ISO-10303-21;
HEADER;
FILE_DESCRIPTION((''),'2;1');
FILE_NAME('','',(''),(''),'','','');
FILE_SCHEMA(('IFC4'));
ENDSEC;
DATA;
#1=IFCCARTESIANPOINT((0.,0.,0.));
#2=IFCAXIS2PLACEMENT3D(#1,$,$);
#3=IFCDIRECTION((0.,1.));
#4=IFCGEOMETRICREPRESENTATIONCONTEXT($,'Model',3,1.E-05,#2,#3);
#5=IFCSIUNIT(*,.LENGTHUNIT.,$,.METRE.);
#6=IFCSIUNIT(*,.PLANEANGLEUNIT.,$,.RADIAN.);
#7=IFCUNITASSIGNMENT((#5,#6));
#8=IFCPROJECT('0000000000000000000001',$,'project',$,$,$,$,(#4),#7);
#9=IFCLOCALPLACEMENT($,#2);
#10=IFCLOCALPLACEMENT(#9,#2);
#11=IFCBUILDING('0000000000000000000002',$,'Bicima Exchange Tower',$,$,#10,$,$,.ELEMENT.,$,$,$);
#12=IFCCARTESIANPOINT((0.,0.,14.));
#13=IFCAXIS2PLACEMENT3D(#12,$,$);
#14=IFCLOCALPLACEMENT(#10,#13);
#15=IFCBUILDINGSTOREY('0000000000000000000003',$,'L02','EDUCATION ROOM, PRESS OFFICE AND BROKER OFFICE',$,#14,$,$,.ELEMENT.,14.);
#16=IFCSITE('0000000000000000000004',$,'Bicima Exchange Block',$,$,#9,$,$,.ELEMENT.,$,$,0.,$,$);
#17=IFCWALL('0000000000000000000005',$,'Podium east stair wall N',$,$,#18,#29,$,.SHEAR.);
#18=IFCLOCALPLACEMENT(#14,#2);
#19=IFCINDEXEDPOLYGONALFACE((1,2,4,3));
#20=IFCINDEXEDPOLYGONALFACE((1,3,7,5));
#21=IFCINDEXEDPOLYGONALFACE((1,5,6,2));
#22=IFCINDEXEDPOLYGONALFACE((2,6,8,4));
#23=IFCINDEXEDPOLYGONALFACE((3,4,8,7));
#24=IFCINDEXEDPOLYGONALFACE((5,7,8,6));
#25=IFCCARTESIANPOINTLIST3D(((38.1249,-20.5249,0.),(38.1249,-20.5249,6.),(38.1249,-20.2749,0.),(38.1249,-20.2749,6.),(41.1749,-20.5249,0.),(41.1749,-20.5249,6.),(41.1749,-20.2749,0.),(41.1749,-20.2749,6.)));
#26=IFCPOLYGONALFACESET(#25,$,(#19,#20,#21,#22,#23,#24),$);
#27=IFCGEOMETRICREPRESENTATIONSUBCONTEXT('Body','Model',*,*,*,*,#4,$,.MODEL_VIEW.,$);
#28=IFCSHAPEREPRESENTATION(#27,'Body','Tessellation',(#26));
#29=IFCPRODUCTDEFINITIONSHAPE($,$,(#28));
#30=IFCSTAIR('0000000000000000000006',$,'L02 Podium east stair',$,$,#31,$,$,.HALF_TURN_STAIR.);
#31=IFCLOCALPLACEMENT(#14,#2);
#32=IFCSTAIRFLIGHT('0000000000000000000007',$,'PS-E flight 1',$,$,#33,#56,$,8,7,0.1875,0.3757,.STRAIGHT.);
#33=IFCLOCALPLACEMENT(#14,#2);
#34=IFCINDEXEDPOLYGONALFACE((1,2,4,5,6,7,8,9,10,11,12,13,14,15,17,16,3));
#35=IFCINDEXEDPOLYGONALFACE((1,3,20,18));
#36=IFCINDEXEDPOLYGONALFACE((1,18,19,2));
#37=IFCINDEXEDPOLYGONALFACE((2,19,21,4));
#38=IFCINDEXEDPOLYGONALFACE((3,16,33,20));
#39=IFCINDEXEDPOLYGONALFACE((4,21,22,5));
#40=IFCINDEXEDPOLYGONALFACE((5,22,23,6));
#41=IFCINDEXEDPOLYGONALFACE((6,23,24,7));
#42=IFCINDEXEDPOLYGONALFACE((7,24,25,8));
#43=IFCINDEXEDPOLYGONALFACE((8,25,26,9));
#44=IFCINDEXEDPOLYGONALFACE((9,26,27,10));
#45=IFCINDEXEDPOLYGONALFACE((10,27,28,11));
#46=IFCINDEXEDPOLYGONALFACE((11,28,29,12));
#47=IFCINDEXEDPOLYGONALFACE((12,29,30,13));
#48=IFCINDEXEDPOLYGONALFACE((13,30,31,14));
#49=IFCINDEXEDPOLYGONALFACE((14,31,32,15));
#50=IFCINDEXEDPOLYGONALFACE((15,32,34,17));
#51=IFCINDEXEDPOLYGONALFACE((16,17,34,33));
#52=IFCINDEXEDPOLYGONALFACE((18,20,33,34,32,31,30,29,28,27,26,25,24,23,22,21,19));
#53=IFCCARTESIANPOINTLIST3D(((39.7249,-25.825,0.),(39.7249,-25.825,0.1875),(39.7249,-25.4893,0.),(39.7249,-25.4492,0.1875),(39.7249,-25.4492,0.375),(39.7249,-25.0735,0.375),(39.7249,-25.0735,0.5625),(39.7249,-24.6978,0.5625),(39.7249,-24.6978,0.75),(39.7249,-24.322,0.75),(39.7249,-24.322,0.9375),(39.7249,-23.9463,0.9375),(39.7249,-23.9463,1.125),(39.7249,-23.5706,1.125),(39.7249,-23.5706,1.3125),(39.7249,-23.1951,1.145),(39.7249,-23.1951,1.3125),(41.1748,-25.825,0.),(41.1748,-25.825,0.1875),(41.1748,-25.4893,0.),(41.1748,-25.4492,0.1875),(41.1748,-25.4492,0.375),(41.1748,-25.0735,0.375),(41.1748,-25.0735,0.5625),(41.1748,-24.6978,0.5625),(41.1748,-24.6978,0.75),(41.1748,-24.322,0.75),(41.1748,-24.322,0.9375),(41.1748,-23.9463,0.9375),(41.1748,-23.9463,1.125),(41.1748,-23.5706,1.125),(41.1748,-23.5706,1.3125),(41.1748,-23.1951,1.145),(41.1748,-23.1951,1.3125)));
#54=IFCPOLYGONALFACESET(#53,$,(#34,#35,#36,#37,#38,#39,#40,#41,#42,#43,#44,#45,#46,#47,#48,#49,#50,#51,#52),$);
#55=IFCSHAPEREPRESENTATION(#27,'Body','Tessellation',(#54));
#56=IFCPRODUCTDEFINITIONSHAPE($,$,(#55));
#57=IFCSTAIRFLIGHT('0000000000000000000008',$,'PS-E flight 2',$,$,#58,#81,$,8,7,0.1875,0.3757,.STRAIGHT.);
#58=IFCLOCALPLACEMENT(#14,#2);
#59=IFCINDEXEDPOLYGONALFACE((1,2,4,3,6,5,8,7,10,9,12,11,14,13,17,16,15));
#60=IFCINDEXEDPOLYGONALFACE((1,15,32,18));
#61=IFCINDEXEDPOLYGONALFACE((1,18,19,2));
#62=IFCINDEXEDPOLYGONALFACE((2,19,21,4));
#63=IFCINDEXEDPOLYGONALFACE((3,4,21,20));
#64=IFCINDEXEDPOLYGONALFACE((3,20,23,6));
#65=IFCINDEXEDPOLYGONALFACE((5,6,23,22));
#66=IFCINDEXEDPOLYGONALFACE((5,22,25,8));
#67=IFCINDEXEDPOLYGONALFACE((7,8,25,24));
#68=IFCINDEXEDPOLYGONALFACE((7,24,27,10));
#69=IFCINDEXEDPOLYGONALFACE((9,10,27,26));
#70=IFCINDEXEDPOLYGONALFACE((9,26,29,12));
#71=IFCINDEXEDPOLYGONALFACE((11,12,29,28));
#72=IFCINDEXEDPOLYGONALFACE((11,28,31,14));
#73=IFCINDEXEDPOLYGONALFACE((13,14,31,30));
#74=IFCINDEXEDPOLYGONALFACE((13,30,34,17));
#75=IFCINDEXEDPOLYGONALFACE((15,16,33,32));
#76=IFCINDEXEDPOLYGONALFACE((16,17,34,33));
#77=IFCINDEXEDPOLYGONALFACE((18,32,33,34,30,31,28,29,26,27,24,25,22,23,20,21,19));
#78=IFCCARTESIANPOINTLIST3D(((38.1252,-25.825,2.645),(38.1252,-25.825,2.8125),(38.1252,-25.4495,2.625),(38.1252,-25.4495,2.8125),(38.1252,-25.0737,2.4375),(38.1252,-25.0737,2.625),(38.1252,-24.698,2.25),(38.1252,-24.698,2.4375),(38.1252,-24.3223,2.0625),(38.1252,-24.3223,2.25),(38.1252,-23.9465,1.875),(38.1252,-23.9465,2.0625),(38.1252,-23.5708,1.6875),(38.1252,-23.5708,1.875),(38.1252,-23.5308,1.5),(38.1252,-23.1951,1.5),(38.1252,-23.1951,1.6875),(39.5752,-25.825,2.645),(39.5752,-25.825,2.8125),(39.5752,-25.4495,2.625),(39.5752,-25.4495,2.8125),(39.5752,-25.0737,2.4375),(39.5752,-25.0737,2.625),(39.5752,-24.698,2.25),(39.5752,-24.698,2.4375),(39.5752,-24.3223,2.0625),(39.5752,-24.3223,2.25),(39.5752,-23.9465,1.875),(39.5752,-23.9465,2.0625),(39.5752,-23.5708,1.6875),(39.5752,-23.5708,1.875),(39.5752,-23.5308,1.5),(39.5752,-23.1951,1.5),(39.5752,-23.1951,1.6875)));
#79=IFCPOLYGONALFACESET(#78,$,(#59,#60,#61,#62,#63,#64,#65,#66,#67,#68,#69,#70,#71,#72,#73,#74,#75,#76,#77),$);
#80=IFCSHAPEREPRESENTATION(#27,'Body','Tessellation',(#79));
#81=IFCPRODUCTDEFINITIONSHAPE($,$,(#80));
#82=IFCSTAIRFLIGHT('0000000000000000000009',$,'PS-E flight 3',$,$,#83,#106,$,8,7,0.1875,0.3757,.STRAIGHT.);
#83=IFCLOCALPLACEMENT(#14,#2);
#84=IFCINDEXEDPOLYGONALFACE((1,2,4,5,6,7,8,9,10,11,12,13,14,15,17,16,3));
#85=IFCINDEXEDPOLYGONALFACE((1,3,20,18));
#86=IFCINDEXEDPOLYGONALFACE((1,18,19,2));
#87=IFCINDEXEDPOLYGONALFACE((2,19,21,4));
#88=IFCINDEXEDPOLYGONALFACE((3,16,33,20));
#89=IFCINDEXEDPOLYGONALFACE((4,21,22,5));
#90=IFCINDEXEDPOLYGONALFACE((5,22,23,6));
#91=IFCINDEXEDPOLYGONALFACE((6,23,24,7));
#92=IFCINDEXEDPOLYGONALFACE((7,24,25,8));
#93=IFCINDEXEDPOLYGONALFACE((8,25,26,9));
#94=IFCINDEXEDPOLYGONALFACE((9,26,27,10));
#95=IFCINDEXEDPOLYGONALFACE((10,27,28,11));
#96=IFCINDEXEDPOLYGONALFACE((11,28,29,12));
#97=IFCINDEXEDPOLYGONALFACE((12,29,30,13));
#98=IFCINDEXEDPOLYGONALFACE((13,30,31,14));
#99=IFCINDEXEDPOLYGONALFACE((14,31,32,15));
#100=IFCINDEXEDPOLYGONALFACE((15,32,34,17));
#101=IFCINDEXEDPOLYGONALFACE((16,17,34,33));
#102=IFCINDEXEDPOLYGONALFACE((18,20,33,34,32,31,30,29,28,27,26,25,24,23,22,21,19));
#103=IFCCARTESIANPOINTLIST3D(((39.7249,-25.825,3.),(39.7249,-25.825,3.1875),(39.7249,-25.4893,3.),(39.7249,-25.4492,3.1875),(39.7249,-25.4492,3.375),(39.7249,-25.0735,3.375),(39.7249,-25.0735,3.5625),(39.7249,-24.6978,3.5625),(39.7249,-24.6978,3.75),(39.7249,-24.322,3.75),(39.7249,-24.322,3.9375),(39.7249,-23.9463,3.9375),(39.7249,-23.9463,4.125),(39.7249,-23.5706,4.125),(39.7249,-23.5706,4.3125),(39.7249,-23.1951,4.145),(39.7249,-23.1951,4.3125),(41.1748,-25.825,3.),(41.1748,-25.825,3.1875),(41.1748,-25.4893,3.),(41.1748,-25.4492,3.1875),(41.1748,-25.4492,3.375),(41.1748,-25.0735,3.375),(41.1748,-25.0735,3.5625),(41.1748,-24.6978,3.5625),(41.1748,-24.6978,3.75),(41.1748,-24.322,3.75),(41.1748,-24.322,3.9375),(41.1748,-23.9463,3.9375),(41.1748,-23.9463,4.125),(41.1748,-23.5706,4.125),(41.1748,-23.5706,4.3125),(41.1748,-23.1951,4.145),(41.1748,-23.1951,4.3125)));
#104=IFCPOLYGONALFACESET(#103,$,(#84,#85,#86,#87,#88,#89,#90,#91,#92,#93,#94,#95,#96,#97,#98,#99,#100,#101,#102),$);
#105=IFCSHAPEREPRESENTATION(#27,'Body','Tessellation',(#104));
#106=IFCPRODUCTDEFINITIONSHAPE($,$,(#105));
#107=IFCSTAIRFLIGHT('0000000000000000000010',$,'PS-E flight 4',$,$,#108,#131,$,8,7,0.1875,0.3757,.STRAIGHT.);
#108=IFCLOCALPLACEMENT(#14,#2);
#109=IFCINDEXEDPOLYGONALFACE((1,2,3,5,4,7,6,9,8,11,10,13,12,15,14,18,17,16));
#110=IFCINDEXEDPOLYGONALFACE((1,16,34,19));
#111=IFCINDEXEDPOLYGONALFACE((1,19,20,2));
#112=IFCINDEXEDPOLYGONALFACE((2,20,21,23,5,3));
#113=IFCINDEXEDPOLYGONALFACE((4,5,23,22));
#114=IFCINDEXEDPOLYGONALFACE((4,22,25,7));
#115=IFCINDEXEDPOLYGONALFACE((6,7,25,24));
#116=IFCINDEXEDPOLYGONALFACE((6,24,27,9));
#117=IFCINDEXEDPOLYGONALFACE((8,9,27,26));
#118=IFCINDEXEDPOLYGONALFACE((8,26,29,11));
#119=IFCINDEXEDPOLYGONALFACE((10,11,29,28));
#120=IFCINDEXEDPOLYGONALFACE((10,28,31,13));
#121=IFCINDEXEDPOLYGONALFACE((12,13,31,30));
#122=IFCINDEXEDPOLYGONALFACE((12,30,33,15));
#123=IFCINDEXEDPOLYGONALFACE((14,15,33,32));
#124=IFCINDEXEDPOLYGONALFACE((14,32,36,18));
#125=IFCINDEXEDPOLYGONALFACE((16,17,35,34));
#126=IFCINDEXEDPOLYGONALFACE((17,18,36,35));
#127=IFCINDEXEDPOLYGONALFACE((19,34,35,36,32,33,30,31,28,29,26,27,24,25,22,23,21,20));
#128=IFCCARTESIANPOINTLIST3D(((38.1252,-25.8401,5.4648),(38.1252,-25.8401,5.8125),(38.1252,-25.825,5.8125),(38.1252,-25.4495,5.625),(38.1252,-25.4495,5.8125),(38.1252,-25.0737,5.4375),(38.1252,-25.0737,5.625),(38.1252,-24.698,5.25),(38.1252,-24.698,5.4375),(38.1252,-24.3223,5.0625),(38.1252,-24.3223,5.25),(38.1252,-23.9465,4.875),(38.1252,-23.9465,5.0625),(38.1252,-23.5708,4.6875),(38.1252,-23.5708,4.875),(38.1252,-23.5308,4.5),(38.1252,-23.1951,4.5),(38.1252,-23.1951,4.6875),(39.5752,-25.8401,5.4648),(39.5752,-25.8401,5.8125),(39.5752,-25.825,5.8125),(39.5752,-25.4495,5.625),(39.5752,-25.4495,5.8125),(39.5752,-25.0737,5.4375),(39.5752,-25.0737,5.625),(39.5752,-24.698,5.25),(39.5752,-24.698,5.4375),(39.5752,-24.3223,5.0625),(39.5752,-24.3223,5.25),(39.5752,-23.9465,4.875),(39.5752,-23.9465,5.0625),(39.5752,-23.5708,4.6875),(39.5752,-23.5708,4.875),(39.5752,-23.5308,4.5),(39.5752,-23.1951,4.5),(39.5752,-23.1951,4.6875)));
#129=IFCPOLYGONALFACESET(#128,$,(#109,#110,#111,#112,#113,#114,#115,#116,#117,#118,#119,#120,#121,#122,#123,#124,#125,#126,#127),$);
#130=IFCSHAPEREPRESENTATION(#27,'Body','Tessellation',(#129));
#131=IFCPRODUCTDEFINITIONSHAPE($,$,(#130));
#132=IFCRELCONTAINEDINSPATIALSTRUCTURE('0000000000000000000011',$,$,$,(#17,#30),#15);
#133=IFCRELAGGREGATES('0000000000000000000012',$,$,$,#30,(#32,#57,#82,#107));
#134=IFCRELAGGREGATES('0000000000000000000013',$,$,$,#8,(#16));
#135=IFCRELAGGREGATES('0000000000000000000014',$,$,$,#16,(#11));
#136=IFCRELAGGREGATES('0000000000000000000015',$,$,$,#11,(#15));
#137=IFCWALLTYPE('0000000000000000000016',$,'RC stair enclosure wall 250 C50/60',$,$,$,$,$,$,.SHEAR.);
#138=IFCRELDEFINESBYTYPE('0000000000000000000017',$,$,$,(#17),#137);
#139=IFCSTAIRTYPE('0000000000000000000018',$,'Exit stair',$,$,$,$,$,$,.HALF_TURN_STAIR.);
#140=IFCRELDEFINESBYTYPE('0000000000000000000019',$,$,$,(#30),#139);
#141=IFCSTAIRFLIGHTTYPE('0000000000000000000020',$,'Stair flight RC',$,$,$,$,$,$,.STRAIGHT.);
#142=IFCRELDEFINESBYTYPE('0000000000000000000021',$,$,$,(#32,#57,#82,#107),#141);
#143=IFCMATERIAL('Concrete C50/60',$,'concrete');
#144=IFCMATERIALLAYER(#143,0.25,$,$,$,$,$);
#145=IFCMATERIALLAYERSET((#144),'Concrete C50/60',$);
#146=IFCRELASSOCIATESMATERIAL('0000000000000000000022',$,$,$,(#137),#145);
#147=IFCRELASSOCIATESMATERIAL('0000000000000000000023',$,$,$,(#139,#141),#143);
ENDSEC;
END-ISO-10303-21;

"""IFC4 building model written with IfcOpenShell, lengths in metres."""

from ifc_helpers import new_model, si_unit, direction, frame, frame_2d, origin, place, context, subcontext, project, spatial, polyline, rectangle, outline, extrude, material, layer, layer_set, type_object, element, aggregate, save


model = new_model("IFC4")

# Units and contexts
model_context = context("Model", 3, precision=1e-05, world=origin(), true_north=direction((0.0, 1.0)))
body_context = subcontext(model_context, "Body", "Model", "MODEL_VIEW")
ifc_project = project(units=[si_unit("LENGTHUNIT", "METRE"), si_unit("PLANEANGLEUNIT", "RADIAN")], contexts=[model_context])

# Site, building, storey
site_placement = place(None, origin())
site = spatial("IfcSite", under=ifc_project, at=site_placement, Name="Bicima Exchange Block", CompositionType="ELEMENT", RefElevation=0.0)
building_placement = place(site_placement, origin())
building = spatial("IfcBuilding", under=site, at=building_placement, Name="Bicima Exchange Tower", CompositionType="ELEMENT")
storey_placement = place(building_placement, frame((0.0, 0.0, 14.0)))
storey = spatial("IfcBuildingStorey", under=building, at=storey_placement, Name="L02", Description="EDUCATION ROOM, PRESS OFFICE AND BROKER OFFICE", CompositionType="ELEMENT", Elevation=14.0)

# Shared definitions
ifc_material_1 = material(Name="Concrete C50/60", Category="concrete")
ifc_layer_1 = layer(ifc_material_1, 0.25)
ifc_layer_set_1 = layer_set([ifc_layer_1], Name="Concrete C50/60")
wall_type_1 = type_object("IfcWallType", Name="RC stair enclosure wall 250 C50/60", PredefinedType="SHEAR", material=ifc_layer_set_1)

# Wall
wall_1_placement = place(storey_placement, frame((38.125, -20.3999, 0.0), z_axis=(0.0, 0.0, 1.0), x_axis=(1.0, 0.0, 0.0)))
element("IfcWall", 1, at=wall_1_placement, inside=storey, type_object=wall_type_1, Name="Podium east stair wall N", PredefinedType="SHEAR", context=body_context, shape_type="SweptSolid", body=[
    extrude(rectangle(XDim=3.05, YDim=0.25, at=frame_2d((1.5249, 0.0))), origin(), (0.0, 0.0, 1.0), 6.0),
])

# Stair, stair flights
stair_type = type_object("IfcStairType", Name="Exit stair", PredefinedType="HALF_TURN_STAIR", material=ifc_material_1)
stair_placement = place(storey_placement, origin())
stair = element("IfcStair", 2, at=stair_placement, inside=storey, type_object=stair_type, Name="L02 Podium east stair", PredefinedType="HALF_TURN_STAIR")
stair_flight_type = type_object("IfcStairFlightType", Name="Stair flight RC", PredefinedType="STRAIGHT", material=ifc_material_1)
stair_flight_1_placement = place(storey_placement, frame((40.45, -25.825, 0.0), z_axis=(0.0, 0.0, 1.0), x_axis=(0.0, 1.0, 0.0)))
stair_flight_1 = element("IfcStairFlight", 3, at=stair_flight_1_placement, type_object=stair_flight_type, Name="PS-E flight 1", NumberOfRisers=8, NumberOfTreads=7, PredefinedType="STRAIGHT", RiserHeight=0.1875, TreadLength=0.3757, context=body_context, shape_type="SweptSolid", body=[
    extrude(outline(polyline([(0.0, 0.0), (0.0, 0.1875), (0.3757, 0.1875), (0.3757, 0.375), (0.7515, 0.375), (0.7515, 0.5625), (1.1272, 0.5625), (1.1272, 0.75), (1.5029, 0.75), (1.5029, 0.9375), (1.8787, 0.9375), (1.8787, 1.125), (2.2544, 1.125), (2.2544, 1.3125), (2.6299, 1.3125), (2.6299, 1.5), (2.6299, 1.145), (0.3357, 0.0), (0.0, 0.0)])), frame((0.0, 0.7251, 0.0), z_axis=(0.0, -1.0, 0.0), x_axis=(1.0, 0.0, 0.0)), (0.0, 0.0, 1.0), 1.45),
])
stair_flight_2_placement = place(storey_placement, frame((38.8501, -23.1951, 1.5), z_axis=(0.0, 0.0, 1.0), x_axis=(0.0, -1.0, 0.0)))
stair_flight_2 = element("IfcStairFlight", 4, at=stair_flight_2_placement, type_object=stair_flight_type, Name="PS-E flight 2", NumberOfRisers=8, NumberOfTreads=7, PredefinedType="STRAIGHT", RiserHeight=0.1875, TreadLength=0.3757, context=body_context, shape_type="SweptSolid", body=[
    extrude(outline(polyline([(0.0, 0.0), (0.0, 0.1875), (0.3757, 0.1875), (0.3757, 0.375), (0.7515, 0.375), (0.7515, 0.5625), (1.1272, 0.5625), (1.1272, 0.75), (1.5029, 0.75), (1.5029, 0.9375), (1.8787, 0.9375), (1.8787, 1.125), (2.2544, 1.125), (2.2544, 1.3125), (2.6299, 1.3125), (2.6299, 1.5), (2.6299, 1.145), (0.3357, 0.0), (0.0, 0.0)])), frame((0.0, 0.7251, 0.0), z_axis=(0.0, -1.0, 0.0), x_axis=(1.0, 0.0, 0.0)), (0.0, 0.0, 1.0), 1.45),
])
stair_flight_3_placement = place(storey_placement, frame((40.45, -25.825, 3.0), z_axis=(0.0, 0.0, 1.0), x_axis=(0.0, 1.0, 0.0)))
stair_flight_3 = element("IfcStairFlight", 5, at=stair_flight_3_placement, type_object=stair_flight_type, Name="PS-E flight 3", NumberOfRisers=8, NumberOfTreads=7, PredefinedType="STRAIGHT", RiserHeight=0.1875, TreadLength=0.3757, context=body_context, shape_type="SweptSolid", body=[
    extrude(outline(polyline([(0.0, 0.0), (0.0, 0.1875), (0.3757, 0.1875), (0.3757, 0.375), (0.7515, 0.375), (0.7515, 0.5625), (1.1272, 0.5625), (1.1272, 0.75), (1.5029, 0.75), (1.5029, 0.9375), (1.8787, 0.9375), (1.8787, 1.125), (2.2544, 1.125), (2.2544, 1.3125), (2.6299, 1.3125), (2.6299, 1.5), (2.6299, 1.145), (0.3357, 0.0), (0.0, 0.0)])), frame((0.0, 0.7251, 0.0), z_axis=(0.0, -1.0, 0.0), x_axis=(1.0, 0.0, 0.0)), (0.0, 0.0, 1.0), 1.45),
])
stair_flight_4_placement = place(storey_placement, frame((38.8501, -23.1951, 4.5), z_axis=(0.0, 0.0, 1.0), x_axis=(0.0, -1.0, 0.0)))
stair_flight_4 = element("IfcStairFlight", 6, at=stair_flight_4_placement, type_object=stair_flight_type, Name="PS-E flight 4", NumberOfRisers=8, NumberOfTreads=7, PredefinedType="STRAIGHT", RiserHeight=0.1875, TreadLength=0.3757, context=body_context, shape_type="SweptSolid", body=[
    extrude(outline(polyline([(0.0, 0.0), (0.0, 0.1875), (0.3757, 0.1875), (0.3757, 0.375), (0.7515, 0.375), (0.7515, 0.5625), (1.1272, 0.5625), (1.1272, 0.75), (1.5029, 0.75), (1.5029, 0.9375), (1.8787, 0.9375), (1.8787, 1.125), (2.2544, 1.125), (2.2544, 1.3125), (2.6299, 1.3125), (2.645, 1.3125), (2.645, 0.9648), (0.3357, 0.0), (0.0, 0.0)])), frame((0.0, 0.7251, 0.0), z_axis=(0.0, -1.0, 0.0), x_axis=(1.0, 0.0, 0.0)), (0.0, 0.0, 1.0), 1.45),
])
aggregate(stair, [stair_flight_1, stair_flight_2, stair_flight_3, stair_flight_4])

save(model, "model.ifc")
